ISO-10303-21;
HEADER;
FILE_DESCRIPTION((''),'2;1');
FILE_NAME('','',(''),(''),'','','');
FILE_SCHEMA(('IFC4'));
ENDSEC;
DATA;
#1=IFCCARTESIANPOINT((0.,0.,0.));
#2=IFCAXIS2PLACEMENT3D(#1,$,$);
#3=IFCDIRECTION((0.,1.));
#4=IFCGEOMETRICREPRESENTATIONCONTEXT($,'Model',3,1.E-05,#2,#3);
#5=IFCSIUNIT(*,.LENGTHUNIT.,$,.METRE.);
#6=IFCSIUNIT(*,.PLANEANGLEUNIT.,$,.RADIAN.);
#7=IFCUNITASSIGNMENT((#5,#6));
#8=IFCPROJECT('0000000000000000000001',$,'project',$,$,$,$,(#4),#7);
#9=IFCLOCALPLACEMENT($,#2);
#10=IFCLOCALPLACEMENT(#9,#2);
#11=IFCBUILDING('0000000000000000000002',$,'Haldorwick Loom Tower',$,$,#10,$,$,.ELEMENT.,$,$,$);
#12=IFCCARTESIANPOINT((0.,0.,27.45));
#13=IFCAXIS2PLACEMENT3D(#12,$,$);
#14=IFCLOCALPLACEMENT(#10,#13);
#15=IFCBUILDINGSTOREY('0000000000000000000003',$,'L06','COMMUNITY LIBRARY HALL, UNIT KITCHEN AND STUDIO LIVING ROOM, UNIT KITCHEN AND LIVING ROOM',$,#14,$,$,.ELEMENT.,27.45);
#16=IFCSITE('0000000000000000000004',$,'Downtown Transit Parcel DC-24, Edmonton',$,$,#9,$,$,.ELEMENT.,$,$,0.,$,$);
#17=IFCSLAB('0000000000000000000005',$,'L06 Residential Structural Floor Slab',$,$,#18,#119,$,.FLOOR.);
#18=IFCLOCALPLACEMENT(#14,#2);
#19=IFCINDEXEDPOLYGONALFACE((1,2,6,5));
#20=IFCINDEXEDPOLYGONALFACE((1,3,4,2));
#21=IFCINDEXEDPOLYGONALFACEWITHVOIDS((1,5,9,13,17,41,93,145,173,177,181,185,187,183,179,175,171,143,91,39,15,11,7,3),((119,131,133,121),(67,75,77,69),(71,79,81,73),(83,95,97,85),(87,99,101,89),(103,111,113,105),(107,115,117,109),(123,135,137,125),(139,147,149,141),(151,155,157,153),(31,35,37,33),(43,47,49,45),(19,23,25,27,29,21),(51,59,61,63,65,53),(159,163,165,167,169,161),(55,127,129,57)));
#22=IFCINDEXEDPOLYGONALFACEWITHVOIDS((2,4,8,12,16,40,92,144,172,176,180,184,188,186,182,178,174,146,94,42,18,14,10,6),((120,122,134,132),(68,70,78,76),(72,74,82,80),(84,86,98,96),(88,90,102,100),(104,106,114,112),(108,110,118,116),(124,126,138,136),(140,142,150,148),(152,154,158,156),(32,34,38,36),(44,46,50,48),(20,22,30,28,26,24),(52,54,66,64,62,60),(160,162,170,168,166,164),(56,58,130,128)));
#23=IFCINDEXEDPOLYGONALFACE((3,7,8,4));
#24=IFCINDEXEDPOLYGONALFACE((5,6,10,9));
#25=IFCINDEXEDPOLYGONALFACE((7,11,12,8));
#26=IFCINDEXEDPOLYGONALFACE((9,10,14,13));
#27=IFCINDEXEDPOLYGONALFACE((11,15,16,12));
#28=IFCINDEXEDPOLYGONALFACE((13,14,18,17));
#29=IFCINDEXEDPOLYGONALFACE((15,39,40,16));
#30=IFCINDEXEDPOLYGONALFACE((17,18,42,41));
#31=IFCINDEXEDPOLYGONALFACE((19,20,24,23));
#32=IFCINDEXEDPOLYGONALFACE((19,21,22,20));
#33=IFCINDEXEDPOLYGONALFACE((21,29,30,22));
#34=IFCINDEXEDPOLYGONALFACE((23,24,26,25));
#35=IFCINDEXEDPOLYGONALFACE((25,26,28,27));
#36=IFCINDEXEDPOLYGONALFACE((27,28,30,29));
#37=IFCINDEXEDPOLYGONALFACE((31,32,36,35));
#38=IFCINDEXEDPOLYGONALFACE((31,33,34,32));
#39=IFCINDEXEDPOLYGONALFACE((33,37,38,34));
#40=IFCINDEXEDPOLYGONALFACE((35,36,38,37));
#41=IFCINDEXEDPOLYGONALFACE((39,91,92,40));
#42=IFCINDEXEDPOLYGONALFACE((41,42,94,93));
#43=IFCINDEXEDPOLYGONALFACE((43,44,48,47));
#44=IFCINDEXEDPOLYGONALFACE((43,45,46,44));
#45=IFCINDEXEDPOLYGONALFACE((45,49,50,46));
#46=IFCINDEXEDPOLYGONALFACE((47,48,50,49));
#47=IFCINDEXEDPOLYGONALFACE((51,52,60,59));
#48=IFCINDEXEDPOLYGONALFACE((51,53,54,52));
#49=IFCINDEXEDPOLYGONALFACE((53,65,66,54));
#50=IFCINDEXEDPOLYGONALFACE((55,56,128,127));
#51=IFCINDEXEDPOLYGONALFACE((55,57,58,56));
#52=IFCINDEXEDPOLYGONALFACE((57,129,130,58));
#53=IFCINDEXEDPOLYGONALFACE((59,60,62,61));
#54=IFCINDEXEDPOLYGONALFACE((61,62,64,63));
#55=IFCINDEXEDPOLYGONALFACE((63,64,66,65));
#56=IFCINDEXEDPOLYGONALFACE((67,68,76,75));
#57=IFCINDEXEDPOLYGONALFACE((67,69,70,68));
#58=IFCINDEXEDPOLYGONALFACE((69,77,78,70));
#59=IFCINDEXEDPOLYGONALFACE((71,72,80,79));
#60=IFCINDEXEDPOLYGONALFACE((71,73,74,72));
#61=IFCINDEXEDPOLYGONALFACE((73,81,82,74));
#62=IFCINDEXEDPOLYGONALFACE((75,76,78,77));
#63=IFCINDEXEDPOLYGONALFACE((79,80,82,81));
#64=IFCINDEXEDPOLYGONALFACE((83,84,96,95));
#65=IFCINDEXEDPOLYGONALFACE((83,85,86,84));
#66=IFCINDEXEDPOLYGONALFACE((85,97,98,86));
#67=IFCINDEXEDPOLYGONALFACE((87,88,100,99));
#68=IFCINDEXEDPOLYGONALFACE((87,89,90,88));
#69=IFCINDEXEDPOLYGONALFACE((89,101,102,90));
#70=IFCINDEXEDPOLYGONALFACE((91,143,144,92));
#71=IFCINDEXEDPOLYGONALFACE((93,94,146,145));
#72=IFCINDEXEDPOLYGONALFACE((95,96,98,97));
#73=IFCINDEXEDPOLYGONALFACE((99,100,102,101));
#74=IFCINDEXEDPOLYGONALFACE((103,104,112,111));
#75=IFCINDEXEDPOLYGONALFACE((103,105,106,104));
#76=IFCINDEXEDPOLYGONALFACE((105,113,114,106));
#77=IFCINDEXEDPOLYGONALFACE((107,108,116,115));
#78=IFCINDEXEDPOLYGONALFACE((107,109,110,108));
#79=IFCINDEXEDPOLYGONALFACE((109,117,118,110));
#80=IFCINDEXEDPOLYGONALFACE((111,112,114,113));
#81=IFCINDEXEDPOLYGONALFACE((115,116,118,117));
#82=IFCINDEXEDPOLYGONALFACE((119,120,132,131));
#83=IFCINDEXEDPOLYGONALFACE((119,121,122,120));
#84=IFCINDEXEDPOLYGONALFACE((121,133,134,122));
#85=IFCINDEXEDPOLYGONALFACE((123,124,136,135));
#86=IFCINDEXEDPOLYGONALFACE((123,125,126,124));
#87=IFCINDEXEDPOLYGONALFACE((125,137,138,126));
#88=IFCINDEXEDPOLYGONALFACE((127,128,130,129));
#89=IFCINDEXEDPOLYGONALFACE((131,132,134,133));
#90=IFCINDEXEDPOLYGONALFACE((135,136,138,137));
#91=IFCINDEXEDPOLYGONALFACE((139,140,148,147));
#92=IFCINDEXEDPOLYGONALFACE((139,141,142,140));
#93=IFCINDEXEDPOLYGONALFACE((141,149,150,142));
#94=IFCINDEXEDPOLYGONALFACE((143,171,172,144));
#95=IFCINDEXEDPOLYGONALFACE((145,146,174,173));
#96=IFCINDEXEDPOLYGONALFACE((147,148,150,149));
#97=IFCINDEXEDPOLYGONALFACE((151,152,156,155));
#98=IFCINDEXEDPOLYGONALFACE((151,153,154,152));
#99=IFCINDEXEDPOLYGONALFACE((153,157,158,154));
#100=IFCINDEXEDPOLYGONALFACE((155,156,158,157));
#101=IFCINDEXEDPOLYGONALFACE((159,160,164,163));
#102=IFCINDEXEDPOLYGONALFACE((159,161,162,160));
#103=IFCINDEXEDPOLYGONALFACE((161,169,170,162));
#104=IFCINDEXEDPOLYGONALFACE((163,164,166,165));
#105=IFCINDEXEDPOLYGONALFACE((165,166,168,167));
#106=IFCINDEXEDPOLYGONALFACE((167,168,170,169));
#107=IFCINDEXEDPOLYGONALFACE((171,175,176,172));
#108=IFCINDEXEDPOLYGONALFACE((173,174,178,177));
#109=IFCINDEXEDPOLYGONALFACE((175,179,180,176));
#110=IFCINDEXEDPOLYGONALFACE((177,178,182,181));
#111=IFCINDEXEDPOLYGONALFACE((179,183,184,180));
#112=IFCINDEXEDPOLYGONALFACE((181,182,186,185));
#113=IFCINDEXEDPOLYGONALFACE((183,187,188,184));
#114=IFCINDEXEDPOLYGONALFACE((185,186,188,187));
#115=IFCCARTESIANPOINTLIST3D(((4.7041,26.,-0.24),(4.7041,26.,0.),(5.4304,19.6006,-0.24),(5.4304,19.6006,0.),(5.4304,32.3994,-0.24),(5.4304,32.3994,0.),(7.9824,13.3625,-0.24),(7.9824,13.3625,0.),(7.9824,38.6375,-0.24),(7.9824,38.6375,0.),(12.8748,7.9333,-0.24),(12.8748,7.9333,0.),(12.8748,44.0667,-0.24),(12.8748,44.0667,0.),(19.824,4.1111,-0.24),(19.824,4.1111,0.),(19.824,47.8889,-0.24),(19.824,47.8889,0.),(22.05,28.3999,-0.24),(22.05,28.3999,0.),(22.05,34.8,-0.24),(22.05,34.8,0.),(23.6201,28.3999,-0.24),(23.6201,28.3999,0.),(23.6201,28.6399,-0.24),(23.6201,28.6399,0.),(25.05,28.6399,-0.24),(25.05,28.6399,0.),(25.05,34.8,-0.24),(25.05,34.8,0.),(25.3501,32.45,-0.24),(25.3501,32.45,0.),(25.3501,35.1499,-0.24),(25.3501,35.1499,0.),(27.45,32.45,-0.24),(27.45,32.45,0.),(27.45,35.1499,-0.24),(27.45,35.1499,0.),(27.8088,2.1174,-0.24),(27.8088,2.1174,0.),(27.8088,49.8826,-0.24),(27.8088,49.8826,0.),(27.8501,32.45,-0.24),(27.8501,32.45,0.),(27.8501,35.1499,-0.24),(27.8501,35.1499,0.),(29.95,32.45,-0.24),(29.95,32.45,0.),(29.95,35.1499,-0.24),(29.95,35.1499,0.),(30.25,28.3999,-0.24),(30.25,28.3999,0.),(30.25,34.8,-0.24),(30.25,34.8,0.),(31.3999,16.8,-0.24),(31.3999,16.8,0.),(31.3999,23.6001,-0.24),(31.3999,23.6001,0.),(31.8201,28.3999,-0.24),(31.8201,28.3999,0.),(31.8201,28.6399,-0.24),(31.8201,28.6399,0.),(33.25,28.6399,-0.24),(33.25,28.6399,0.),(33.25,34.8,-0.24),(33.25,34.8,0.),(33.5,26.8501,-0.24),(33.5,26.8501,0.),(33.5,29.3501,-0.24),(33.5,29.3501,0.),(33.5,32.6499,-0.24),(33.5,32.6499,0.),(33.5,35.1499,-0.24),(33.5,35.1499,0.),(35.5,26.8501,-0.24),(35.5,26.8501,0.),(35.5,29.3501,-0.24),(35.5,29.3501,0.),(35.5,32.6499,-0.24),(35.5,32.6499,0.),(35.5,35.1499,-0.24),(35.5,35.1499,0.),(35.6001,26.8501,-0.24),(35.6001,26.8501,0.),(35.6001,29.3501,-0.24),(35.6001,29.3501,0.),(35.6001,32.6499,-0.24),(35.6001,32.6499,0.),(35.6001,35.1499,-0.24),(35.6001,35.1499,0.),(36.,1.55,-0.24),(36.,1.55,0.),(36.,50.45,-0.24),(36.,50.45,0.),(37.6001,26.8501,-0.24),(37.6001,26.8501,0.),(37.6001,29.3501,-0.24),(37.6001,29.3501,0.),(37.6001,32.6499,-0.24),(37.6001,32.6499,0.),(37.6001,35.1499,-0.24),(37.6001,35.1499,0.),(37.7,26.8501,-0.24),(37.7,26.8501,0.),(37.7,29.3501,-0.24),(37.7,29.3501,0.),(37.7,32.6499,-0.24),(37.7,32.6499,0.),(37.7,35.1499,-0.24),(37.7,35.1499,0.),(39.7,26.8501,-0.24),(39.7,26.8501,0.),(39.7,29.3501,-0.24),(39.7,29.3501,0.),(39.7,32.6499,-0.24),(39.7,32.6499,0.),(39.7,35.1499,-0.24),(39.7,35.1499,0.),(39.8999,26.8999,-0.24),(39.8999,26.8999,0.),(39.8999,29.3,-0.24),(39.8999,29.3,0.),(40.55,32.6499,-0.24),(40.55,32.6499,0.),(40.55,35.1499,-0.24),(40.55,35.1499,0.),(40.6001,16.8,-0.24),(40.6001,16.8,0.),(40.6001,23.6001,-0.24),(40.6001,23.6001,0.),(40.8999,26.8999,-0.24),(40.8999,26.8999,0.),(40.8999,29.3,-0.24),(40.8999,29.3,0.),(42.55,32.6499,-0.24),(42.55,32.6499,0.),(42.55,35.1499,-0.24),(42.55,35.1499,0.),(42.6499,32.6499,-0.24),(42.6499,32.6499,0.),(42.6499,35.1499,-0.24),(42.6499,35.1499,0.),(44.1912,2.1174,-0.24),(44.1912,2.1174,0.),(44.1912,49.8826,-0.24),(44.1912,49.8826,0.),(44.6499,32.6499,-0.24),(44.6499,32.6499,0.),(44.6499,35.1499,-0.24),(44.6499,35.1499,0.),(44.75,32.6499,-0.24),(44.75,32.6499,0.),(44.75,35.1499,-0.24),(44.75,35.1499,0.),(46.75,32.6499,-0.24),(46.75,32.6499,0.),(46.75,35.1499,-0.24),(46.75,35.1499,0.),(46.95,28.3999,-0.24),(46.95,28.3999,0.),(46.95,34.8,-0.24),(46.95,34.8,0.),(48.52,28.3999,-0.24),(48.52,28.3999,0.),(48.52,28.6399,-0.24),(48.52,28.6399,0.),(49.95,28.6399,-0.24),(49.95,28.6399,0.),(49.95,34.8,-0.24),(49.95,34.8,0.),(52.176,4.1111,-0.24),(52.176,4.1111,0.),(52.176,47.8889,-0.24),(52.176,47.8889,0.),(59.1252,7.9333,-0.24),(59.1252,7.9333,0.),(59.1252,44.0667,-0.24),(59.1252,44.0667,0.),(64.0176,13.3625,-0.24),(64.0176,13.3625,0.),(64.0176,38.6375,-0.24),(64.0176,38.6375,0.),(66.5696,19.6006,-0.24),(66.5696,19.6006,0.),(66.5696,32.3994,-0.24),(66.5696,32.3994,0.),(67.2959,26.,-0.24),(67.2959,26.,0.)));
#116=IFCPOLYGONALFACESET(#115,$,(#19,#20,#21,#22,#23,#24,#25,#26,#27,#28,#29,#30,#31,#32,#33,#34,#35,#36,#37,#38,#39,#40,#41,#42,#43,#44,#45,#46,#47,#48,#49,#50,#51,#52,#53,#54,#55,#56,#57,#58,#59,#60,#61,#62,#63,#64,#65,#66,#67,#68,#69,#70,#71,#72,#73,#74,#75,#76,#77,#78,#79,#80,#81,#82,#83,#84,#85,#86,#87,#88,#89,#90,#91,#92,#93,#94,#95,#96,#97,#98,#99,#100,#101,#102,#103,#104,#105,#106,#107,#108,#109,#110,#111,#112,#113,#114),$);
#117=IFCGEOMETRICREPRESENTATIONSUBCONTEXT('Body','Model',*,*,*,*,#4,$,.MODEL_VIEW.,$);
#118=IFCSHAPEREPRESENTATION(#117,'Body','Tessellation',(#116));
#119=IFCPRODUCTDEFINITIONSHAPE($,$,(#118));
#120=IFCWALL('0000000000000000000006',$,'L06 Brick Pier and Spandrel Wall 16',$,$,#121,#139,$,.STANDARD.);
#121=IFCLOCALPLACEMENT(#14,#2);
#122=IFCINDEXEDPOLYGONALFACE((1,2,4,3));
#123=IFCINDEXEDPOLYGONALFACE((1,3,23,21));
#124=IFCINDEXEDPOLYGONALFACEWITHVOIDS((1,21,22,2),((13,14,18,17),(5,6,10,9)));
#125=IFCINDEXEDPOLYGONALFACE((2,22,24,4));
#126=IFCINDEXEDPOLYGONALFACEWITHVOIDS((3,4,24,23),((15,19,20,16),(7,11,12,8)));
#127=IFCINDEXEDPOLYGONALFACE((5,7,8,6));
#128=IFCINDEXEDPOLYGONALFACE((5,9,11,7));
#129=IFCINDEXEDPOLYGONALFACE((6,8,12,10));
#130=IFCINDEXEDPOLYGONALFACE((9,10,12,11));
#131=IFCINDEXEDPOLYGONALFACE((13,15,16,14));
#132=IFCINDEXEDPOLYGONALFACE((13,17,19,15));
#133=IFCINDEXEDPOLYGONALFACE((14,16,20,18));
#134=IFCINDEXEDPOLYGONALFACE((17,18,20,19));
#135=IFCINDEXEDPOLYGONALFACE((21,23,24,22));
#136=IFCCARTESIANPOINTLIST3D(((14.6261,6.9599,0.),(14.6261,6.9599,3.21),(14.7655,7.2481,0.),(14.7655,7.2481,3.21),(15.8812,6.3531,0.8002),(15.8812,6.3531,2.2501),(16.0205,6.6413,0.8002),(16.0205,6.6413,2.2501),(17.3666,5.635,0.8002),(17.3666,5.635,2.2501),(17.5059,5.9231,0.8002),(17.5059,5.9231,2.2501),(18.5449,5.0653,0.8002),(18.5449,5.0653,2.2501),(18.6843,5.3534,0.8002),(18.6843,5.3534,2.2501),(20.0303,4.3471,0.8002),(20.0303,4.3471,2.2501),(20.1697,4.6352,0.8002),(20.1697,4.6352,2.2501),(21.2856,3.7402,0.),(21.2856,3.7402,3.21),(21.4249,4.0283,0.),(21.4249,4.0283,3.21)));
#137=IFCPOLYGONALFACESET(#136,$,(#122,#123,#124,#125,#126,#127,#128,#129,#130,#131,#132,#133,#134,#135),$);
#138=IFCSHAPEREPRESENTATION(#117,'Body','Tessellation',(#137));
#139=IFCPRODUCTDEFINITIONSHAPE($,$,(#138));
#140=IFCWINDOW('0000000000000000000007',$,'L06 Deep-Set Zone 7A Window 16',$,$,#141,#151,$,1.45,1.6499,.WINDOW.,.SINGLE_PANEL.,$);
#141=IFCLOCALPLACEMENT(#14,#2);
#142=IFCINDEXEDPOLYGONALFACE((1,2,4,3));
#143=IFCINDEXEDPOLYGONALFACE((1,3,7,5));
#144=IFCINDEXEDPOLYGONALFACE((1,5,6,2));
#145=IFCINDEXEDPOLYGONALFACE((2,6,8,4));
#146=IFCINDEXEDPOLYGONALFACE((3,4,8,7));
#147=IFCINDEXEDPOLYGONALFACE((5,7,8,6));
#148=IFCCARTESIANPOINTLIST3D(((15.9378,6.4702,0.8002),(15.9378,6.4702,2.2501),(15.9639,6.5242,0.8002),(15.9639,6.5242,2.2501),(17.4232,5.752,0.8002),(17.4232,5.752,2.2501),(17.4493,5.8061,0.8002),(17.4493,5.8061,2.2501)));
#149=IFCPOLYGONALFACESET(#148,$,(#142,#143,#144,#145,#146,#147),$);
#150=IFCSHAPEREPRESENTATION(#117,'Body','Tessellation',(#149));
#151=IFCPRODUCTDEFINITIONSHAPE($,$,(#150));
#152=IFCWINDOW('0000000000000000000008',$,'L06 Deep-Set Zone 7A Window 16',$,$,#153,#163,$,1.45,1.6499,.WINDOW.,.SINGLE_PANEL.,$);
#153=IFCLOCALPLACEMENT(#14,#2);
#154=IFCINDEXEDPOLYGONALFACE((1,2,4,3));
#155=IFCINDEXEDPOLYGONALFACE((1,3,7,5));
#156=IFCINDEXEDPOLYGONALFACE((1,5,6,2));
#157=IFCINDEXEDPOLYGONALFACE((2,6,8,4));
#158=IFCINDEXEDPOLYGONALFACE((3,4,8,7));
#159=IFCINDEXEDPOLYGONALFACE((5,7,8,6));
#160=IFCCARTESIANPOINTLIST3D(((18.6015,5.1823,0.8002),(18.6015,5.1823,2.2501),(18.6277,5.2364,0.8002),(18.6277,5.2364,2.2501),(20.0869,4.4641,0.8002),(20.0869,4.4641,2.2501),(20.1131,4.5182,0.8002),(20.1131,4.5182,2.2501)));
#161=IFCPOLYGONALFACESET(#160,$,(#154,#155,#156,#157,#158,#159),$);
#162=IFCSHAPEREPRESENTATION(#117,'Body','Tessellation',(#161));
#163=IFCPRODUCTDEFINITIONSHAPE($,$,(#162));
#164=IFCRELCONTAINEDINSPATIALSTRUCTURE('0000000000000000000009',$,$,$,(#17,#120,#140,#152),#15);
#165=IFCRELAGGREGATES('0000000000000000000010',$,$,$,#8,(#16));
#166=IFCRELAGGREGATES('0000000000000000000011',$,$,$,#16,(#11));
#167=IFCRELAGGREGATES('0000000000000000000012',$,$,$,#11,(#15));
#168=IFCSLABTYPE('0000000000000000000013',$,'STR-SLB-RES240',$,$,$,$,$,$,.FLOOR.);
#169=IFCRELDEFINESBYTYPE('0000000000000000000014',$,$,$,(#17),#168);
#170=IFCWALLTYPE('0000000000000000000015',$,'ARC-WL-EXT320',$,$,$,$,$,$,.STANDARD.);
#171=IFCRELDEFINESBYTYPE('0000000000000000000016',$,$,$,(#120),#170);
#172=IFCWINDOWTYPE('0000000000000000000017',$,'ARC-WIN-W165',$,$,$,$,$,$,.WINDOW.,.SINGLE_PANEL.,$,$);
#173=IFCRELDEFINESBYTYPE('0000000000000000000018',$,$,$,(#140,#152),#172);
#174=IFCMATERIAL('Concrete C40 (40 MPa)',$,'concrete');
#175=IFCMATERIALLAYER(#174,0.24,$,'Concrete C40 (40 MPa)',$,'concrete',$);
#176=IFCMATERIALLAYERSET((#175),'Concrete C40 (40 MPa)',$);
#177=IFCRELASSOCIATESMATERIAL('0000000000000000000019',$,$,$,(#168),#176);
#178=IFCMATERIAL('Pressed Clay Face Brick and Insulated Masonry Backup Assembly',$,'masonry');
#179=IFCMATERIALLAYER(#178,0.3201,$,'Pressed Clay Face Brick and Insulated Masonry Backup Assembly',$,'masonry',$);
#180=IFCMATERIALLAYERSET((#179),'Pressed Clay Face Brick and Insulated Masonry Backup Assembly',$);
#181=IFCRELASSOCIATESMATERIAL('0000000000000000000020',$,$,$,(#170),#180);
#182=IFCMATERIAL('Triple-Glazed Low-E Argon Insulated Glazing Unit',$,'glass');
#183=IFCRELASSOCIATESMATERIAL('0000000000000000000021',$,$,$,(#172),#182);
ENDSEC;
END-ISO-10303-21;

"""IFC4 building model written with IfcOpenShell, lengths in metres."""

from ifc_helpers import new_model, si_unit, direction, frame, frame_2d, origin, place, context, subcontext, project, spatial, polyline, rectangle, outline, extrude, material, layer, layer_set, type_object, element, fill, save


model = new_model("IFC4")

# Units and contexts
model_context = context("Model", 3, precision=1e-05, world=origin(), true_north=direction((0.0, 1.0)))
body_context = subcontext(model_context, "Body", "Model", "MODEL_VIEW")
ifc_project = project(units=[si_unit("LENGTHUNIT", "METRE"), si_unit("PLANEANGLEUNIT", "RADIAN")], contexts=[model_context])

# Site, building, storey
site_placement = place(None, origin())
site = spatial("IfcSite", under=ifc_project, at=site_placement, Name="Downtown Transit Parcel DC-24, Edmonton", CompositionType="ELEMENT", RefElevation=0.0)
building_placement = place(site_placement, origin())
building = spatial("IfcBuilding", under=site, at=building_placement, Name="Haldorwick Loom Tower", CompositionType="ELEMENT")
storey_placement = place(building_placement, frame((0.0, 0.0, 27.45)))
storey = spatial("IfcBuildingStorey", under=building, at=storey_placement, Name="L06", Description="COMMUNITY LIBRARY HALL, UNIT KITCHEN AND STUDIO LIVING ROOM, UNIT KITCHEN AND LIVING ROOM", CompositionType="ELEMENT", Elevation=27.45)

# Shared definitions
ifc_material_1 = material(Name="Concrete C40 (40 MPa)", Category="concrete")

# Slab
ifc_layer_1 = layer(ifc_material_1, 0.24, Name="Concrete C40 (40 MPa)", Category="concrete")
ifc_layer_set_1 = layer_set([ifc_layer_1], Name="Concrete C40 (40 MPa)")
slab_type_1 = type_object("IfcSlabType", Name="STR-SLB-RES240", PredefinedType="FLOOR", material=ifc_layer_set_1)
slab_1_placement = place(storey_placement, frame((0.0, 0.0, -0.24)))
element("IfcSlab", 1, at=slab_1_placement, inside=storey, type_object=slab_type_1, Name="L06 Residential Structural Floor Slab", PredefinedType="FLOOR", context=body_context, shape_type="SweptSolid", body=[
    extrude(outline(polyline([(59.1252, 7.9333), (64.0176, 13.3625), (66.5696, 19.6006), (67.2959, 26.0), (66.5696, 32.3994), (64.0176, 38.6375), (59.1252, 44.0667), (52.176, 47.8889), (44.1912, 49.8826), (36.0, 50.45), (27.8088, 49.8826), (19.824, 47.8889), (12.8748, 44.0667), (7.9824, 38.6375), (5.4304, 32.3994), (4.7041, 26.0), (5.4304, 19.6006), (7.9824, 13.3625), (12.8748, 7.9333), (19.824, 4.1111), (27.8088, 2.1174), (36.0, 1.55), (44.1912, 2.1174), (52.176, 4.1111), (59.1252, 7.9333)]), holes=[polyline([(31.3999, 23.6001), (40.6001, 23.6001), (40.6001, 16.8), (31.3999, 16.8), (31.3999, 23.6001)]), polyline([(33.5, 26.8501), (33.5, 29.3501), (35.5, 29.3501), (35.5, 26.8501), (33.5, 26.8501)]), polyline([(22.05, 28.3999), (22.05, 34.8), (25.05, 34.8), (25.05, 28.6399), (23.6201, 28.6399), (23.6201, 28.3999), (22.05, 28.3999)]), polyline([(30.25, 28.3999), (30.25, 34.8), (33.25, 34.8), (33.25, 28.6399), (31.8201, 28.6399), (31.8201, 28.3999), (30.25, 28.3999)]), polyline([(25.3501, 32.45), (25.3501, 35.1499), (27.45, 35.1499), (27.45, 32.45), (25.3501, 32.45)]), polyline([(27.8501, 32.45), (27.8501, 35.1499), (29.95, 35.1499), (29.95, 32.45), (27.8501, 32.45)]), polyline([(33.5, 32.6499), (33.5, 35.1499), (35.5, 35.1499), (35.5, 32.6499), (33.5, 32.6499)]), polyline([(35.6001, 32.6499), (35.6001, 35.1499), (37.6001, 35.1499), (37.6001, 32.6499), (35.6001, 32.6499)]), polyline([(35.6001, 26.8501), (35.6001, 29.3501), (37.6001, 29.3501), (37.6001, 26.8501), (35.6001, 26.8501)]), polyline([(37.7, 26.8501), (37.7, 29.3501), (39.7, 29.3501), (39.7, 26.8501), (37.7, 26.8501)]), polyline([(39.8999, 26.8999), (39.8999, 29.3), (40.8999, 29.3), (40.8999, 26.8999), (39.8999, 26.8999)]), polyline([(46.95, 28.3999), (46.95, 34.8), (49.95, 34.8), (49.95, 28.6399), (48.52, 28.6399), (48.52, 28.3999), (46.95, 28.3999)]), polyline([(37.7, 32.6499), (37.7, 35.1499), (39.7, 35.1499), (39.7, 32.6499), (37.7, 32.6499)]), polyline([(40.55, 32.6499), (40.55, 35.1499), (42.55, 35.1499), (42.55, 32.6499), (40.55, 32.6499)]), polyline([(42.6499, 32.6499), (42.6499, 35.1499), (44.6499, 35.1499), (44.6499, 32.6499), (42.6499, 32.6499)]), polyline([(44.75, 32.6499), (44.75, 35.1499), (46.75, 35.1499), (46.75, 32.6499), (44.75, 32.6499)])]), origin(), (0.0, 0.0, 1.0), 0.24),
])

# Wall, openings, windows
ifc_material_2 = material(Name="Pressed Clay Face Brick and Insulated Masonry Backup Assembly", Category="masonry")
ifc_layer_2 = layer(ifc_material_2, 0.3201, Name="Pressed Clay Face Brick and Insulated Masonry Backup Assembly", Category="masonry")
ifc_layer_set_2 = layer_set([ifc_layer_2], Name="Pressed Clay Face Brick and Insulated Masonry Backup Assembly")
wall_type = type_object("IfcWallType", Name="ARC-WL-EXT320", PredefinedType="STANDARD", material=ifc_layer_set_2)
wall_placement = place(storey_placement, frame((14.6958, 7.104, 0.0), z_axis=(0.0, 0.0, 1.0), x_axis=(0.900296, -0.435279, 0.0)))
wall = element("IfcWall", 2, at=wall_placement, inside=storey, type_object=wall_type, Name="L06 Brick Pier and Spandrel Wall 16", PredefinedType="STANDARD", context=body_context, shape_type="SweptSolid", body=[
    extrude(rectangle(XDim=7.397, YDim=0.3201, at=frame_2d((3.6985, 0.0))), origin(), (0.0, 0.0, 1.0), 3.21),
])
opening_1_placement = place(wall_placement, frame((1.394, 0.0, 0.8)))
opening_1 = element("IfcOpeningElement", 3, at=opening_1_placement, cuts=wall, PredefinedType="OPENING", context=body_context, shape_type="SweptSolid", body=[
    extrude(rectangle(XDim=1.6499, YDim=1.45, at=frame_2d((0.825, 0.7251))), frame((0.0, 0.1699, 0.0), z_axis=(0.0, -1.0, 0.0), x_axis=(1.0, 0.0, 0.0)), (0.0, 0.0, 1.0), 0.3401),
])
opening_2_placement = place(wall_placement, frame((4.3528, 0.0, 0.8)))
opening_2 = element("IfcOpeningElement", 4, at=opening_2_placement, cuts=wall, PredefinedType="OPENING", context=body_context, shape_type="SweptSolid", body=[
    extrude(rectangle(XDim=1.6499, YDim=1.45, at=frame_2d((0.825, 0.7251))), frame((0.0, 0.1699, 0.0), z_axis=(0.0, -1.0, 0.0), x_axis=(1.0, 0.0, 0.0)), (0.0, 0.0, 1.0), 0.3401),
])
ifc_material_3 = material(Name="Triple-Glazed Low-E Argon Insulated Glazing Unit", Category="glass")
window_type = type_object("IfcWindowType", Name="ARC-WIN-W165", PartitioningType="SINGLE_PANEL", PredefinedType="WINDOW", material=ifc_material_3)
window_1_placement = place(opening_1_placement, origin())
window_1 = element("IfcWindow", 5, at=window_1_placement, inside=storey, type_object=window_type, Name="L06 Deep-Set Zone 7A Window 16", OverallHeight=1.45, OverallWidth=1.6499, PartitioningType="SINGLE_PANEL", PredefinedType="WINDOW", context=body_context, shape_type="SweptSolid", body=[
    extrude(rectangle(XDim=1.6499, YDim=1.45, at=frame_2d((0.825, 0.7251))), frame((0.0, 0.03, 0.0), z_axis=(0.0, -1.0, 0.0), x_axis=(1.0, 0.0, 0.0)), (0.0, 0.0, 1.0), 0.0601),
])
fill(opening_1, window_1)
window_2_placement = place(opening_2_placement, origin())
window_2 = element("IfcWindow", 6, at=window_2_placement, inside=storey, type_object=window_type, Name="L06 Deep-Set Zone 7A Window 16", OverallHeight=1.45, OverallWidth=1.6499, PartitioningType="SINGLE_PANEL", PredefinedType="WINDOW", context=body_context, shape_type="SweptSolid", body=[
    extrude(rectangle(XDim=1.6499, YDim=1.45, at=frame_2d((0.825, 0.7251))), frame((0.0, 0.03, 0.0), z_axis=(0.0, -1.0, 0.0), x_axis=(1.0, 0.0, 0.0)), (0.0, 0.0, 1.0), 0.0601),
])
fill(opening_2, window_2)

save(model, "model.ifc")
